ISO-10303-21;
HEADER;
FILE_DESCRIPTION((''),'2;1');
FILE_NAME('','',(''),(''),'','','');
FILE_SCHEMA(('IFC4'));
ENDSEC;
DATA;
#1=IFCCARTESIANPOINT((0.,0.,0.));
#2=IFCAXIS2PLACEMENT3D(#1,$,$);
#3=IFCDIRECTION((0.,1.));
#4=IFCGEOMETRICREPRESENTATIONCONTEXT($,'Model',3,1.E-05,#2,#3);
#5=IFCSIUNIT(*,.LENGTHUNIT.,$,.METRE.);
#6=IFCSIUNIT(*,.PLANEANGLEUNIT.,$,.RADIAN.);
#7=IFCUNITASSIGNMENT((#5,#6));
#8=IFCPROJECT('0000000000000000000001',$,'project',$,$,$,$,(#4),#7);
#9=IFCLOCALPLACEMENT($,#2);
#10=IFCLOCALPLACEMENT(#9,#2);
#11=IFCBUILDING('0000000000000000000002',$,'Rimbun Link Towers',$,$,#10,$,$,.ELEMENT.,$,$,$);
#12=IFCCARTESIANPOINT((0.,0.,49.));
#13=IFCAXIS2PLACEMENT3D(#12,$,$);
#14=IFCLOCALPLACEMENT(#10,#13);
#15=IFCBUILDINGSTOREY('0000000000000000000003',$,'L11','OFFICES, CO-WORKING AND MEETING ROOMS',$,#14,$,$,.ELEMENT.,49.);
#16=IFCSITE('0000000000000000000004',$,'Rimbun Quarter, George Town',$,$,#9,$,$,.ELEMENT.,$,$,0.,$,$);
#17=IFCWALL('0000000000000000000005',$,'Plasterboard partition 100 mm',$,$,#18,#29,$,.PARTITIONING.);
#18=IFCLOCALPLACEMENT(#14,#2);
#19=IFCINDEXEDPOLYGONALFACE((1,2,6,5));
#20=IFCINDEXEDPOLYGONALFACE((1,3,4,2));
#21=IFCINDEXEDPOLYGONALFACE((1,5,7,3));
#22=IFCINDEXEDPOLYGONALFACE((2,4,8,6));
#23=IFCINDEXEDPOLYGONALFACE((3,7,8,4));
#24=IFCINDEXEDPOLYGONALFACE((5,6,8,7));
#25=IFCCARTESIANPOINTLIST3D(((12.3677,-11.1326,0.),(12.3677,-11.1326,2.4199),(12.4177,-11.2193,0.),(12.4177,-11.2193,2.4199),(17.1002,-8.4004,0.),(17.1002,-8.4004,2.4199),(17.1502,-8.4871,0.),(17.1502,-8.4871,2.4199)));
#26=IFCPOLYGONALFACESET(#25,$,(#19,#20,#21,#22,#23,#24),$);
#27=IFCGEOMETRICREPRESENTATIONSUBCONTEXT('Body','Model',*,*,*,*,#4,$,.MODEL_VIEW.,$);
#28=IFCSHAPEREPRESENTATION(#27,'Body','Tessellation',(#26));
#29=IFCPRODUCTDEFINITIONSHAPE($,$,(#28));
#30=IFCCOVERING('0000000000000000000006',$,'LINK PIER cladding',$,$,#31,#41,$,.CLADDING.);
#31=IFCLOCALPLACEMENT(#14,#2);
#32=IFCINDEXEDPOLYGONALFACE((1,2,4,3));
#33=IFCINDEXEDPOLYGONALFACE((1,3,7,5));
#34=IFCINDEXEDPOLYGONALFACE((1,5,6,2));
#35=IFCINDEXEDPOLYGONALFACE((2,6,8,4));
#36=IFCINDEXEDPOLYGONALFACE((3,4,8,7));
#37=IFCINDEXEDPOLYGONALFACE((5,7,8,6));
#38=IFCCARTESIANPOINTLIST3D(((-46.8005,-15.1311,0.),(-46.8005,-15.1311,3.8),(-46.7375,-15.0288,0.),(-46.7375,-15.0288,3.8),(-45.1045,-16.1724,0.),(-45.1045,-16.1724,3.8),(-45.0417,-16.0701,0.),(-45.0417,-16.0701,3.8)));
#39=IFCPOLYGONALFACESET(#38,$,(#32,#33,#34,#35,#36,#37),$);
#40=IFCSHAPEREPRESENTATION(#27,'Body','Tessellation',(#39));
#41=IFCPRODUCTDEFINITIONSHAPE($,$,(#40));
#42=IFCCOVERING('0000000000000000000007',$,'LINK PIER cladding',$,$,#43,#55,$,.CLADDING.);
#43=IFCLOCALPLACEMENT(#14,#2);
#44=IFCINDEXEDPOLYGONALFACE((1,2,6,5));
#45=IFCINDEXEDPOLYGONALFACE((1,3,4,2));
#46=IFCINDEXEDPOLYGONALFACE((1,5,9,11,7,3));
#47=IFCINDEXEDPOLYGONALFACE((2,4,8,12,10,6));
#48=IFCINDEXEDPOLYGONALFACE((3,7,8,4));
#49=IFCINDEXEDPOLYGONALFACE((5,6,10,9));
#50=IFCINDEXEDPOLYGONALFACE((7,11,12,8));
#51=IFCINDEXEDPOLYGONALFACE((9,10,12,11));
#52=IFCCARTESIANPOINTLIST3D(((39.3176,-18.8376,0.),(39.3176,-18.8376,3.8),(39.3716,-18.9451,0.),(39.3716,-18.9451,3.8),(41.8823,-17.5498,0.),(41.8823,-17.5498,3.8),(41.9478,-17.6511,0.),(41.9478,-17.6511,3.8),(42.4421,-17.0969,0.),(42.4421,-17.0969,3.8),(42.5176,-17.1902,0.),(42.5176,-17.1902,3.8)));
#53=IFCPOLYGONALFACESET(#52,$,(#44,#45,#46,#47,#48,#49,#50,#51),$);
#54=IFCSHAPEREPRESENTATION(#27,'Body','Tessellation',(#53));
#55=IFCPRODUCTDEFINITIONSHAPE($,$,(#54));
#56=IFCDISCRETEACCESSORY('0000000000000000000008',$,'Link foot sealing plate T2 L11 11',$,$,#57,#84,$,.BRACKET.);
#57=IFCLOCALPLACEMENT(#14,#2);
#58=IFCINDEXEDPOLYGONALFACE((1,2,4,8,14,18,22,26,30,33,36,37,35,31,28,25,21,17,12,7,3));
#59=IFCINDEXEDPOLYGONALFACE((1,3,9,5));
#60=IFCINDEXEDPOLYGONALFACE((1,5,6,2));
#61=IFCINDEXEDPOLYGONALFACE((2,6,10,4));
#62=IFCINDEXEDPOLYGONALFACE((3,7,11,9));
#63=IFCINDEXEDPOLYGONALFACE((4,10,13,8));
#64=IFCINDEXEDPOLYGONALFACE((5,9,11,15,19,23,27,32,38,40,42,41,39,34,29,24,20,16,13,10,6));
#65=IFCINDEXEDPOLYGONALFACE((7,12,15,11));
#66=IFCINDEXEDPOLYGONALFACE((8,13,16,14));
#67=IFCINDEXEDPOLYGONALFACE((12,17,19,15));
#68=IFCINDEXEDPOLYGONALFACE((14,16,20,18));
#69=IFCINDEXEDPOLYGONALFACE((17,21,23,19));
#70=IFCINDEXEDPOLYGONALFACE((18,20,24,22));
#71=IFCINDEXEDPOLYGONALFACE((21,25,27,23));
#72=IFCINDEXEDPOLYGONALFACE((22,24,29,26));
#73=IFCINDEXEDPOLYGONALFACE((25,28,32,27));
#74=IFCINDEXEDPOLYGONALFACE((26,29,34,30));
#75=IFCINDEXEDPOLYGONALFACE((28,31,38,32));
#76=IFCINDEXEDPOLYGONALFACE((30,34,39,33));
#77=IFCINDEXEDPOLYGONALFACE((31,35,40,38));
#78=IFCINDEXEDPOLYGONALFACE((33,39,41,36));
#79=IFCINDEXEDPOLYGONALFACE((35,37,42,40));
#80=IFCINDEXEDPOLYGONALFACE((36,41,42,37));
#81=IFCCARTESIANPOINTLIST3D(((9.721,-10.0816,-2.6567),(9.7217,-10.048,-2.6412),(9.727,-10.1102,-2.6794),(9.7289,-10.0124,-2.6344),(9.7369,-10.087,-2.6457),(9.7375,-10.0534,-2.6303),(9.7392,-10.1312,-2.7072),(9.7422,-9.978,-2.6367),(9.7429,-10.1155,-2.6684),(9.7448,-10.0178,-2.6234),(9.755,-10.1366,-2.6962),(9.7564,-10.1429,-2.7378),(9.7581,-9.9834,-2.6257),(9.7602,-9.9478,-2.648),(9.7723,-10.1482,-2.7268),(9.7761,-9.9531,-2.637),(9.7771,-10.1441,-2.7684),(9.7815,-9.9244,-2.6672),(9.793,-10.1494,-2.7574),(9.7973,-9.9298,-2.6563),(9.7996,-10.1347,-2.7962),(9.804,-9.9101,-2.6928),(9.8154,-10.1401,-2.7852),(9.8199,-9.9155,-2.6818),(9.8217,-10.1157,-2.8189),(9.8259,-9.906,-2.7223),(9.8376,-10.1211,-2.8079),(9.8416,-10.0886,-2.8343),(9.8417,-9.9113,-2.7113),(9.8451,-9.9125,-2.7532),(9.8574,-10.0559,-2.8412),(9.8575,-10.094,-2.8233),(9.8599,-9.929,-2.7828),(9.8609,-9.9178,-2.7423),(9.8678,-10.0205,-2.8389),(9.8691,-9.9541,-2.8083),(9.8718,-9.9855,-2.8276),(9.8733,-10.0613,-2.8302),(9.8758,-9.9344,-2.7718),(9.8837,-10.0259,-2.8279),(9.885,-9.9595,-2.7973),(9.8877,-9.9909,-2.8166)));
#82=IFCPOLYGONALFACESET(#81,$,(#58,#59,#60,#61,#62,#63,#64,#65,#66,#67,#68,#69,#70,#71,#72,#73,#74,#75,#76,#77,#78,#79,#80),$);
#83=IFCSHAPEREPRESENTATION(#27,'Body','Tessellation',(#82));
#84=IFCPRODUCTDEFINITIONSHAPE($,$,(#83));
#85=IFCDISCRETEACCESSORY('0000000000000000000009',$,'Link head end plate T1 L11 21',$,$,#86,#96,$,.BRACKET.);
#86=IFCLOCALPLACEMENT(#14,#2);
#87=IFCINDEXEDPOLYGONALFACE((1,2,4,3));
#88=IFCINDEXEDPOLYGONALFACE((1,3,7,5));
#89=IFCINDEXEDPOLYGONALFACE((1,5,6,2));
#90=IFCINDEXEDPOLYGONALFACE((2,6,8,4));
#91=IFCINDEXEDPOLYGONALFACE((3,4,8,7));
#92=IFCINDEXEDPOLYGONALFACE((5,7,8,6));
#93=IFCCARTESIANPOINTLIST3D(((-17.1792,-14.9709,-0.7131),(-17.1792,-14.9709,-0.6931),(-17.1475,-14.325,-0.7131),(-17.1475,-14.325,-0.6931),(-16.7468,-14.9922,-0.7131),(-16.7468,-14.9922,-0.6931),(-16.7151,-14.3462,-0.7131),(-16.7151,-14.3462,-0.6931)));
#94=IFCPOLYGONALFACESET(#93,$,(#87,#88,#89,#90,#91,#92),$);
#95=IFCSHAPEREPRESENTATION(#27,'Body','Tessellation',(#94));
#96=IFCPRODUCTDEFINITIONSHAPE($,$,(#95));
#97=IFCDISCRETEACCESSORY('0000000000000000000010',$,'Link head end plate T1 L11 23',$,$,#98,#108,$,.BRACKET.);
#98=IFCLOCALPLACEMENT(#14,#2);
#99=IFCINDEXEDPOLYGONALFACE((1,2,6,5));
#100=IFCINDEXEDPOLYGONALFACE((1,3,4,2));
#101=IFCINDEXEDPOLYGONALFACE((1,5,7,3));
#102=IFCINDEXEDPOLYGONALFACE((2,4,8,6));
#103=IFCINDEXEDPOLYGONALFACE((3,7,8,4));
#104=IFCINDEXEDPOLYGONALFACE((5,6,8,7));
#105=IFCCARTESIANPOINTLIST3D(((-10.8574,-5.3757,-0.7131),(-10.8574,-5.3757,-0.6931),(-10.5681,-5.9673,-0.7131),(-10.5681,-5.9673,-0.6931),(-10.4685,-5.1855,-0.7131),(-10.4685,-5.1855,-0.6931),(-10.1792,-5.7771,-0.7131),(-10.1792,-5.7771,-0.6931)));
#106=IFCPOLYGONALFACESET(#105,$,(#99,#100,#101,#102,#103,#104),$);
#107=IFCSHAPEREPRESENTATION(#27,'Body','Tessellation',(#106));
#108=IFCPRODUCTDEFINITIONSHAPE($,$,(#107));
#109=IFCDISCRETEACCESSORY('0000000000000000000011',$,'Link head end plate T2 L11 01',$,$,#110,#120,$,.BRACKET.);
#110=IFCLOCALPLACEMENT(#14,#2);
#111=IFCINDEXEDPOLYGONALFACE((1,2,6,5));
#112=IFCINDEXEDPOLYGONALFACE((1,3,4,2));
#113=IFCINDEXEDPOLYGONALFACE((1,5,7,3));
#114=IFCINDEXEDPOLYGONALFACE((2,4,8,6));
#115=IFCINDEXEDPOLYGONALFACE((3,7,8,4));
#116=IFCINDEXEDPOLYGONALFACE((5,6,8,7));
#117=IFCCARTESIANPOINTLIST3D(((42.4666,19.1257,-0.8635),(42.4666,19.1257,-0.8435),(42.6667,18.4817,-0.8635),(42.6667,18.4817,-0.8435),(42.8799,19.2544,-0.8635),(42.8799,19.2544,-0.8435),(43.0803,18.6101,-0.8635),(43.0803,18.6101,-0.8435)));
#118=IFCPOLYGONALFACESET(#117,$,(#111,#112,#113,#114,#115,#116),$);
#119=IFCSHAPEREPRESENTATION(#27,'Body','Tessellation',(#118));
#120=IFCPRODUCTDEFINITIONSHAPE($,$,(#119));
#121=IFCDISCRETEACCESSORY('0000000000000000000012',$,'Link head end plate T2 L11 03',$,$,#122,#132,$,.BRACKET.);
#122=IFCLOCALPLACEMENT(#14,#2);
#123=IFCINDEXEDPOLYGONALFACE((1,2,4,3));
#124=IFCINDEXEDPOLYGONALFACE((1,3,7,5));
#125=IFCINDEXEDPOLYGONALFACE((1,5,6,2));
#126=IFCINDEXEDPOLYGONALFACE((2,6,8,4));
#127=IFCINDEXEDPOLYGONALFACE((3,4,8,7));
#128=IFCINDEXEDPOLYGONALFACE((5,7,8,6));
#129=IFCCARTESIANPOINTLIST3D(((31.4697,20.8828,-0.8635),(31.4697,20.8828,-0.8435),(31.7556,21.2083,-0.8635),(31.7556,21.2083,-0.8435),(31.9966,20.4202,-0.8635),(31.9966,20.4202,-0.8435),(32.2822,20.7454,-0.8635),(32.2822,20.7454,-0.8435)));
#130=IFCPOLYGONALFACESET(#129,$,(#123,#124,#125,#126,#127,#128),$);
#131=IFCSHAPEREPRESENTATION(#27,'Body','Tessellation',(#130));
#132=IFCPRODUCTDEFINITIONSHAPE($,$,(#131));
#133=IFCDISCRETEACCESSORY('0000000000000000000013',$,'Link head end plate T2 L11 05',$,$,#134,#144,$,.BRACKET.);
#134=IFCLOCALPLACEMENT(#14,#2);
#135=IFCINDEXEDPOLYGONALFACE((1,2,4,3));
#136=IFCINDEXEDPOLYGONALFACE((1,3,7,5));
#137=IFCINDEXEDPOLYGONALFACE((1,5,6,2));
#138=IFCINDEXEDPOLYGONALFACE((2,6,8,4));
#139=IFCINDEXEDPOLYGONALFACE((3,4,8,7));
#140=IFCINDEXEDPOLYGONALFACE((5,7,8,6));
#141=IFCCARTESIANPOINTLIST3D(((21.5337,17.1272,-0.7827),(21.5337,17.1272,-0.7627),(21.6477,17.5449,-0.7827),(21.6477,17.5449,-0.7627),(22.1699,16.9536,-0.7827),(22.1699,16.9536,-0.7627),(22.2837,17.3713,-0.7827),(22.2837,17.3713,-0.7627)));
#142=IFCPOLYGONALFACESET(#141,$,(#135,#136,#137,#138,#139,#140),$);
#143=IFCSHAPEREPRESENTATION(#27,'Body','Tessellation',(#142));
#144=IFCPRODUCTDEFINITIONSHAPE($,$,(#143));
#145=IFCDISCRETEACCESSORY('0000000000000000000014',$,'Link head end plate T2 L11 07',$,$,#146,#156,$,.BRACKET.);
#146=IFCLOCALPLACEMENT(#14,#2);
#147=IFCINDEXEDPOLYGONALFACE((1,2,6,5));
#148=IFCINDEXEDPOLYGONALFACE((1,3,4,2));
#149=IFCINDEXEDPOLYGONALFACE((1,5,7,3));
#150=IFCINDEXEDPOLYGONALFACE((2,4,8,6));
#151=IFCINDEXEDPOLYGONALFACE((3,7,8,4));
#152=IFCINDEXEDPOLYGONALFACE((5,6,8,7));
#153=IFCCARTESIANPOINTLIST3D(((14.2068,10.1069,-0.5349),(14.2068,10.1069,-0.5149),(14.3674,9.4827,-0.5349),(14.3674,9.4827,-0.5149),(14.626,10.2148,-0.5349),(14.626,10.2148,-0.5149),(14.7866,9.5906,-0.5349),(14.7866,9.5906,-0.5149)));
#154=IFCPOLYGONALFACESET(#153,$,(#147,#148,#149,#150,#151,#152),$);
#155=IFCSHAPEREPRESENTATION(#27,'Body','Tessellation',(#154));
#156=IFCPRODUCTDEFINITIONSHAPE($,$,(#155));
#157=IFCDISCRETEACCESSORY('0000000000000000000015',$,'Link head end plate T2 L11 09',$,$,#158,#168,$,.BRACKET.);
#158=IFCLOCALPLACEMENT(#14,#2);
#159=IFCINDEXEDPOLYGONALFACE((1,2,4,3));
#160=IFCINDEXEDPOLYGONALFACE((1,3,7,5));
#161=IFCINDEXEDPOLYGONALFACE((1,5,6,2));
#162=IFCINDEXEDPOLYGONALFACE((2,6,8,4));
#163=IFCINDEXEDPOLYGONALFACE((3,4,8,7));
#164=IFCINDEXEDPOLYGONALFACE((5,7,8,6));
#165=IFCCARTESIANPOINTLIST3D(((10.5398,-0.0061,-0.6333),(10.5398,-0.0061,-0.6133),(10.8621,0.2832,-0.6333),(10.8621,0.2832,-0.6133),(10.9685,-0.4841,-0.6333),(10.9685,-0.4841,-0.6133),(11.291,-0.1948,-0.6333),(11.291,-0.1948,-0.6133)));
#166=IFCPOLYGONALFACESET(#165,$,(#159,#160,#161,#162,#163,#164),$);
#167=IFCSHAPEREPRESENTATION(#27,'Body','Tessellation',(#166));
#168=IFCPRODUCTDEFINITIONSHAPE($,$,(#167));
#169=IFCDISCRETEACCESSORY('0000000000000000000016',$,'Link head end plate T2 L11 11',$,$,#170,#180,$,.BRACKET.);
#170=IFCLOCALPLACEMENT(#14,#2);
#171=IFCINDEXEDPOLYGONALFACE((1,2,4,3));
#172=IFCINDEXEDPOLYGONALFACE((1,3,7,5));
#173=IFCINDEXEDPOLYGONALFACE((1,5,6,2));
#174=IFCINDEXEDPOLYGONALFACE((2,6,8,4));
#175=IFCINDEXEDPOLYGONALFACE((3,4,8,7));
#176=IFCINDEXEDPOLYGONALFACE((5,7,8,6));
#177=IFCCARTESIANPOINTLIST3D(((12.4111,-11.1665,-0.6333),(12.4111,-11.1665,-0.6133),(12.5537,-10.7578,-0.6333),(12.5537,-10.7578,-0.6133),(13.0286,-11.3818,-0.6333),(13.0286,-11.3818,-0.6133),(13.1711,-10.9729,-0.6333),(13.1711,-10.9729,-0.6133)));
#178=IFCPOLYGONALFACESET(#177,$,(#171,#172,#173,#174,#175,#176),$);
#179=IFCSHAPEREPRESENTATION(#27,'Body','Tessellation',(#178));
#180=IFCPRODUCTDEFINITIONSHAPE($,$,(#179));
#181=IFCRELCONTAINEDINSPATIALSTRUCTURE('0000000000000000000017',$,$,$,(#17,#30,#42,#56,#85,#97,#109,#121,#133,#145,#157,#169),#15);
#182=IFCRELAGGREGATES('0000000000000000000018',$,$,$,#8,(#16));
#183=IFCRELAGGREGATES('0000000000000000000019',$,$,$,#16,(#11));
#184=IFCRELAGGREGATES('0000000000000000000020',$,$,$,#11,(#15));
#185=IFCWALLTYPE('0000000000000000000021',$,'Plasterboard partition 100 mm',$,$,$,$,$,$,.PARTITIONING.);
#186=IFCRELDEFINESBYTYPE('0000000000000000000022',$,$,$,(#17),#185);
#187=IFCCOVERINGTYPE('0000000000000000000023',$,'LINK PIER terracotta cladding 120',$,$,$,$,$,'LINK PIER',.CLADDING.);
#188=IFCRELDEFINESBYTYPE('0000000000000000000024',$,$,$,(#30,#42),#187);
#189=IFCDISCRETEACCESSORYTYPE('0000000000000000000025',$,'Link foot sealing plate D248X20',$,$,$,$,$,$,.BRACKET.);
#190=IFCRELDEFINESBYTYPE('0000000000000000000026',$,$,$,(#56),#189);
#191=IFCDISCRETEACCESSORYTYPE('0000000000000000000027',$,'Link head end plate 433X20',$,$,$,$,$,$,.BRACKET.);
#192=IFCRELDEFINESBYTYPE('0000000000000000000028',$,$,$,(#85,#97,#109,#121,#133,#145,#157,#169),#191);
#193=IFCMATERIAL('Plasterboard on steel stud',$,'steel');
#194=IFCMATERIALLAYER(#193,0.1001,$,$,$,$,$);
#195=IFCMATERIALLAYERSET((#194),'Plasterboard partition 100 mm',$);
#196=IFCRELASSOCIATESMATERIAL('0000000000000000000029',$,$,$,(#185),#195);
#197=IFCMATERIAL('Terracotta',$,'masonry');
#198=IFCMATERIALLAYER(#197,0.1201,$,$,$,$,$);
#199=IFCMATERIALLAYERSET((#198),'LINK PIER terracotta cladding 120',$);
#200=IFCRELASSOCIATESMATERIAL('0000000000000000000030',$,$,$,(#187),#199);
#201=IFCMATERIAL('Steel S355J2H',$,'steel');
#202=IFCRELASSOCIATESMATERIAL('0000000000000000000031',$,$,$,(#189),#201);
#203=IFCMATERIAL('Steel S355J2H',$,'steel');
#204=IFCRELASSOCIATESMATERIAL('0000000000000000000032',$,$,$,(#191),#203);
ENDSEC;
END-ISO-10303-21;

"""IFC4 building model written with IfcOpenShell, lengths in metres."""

from ifc_helpers import new_model, si_unit, direction, frame, frame_2d, origin, origin_2d, place, context, subcontext, project, spatial, polyline, rectangle, circle, outline, extrude, material, layer, layer_set, material_profile, profile_set, type_object, element, save


model = new_model("IFC4")

# Units and contexts
model_context = context("Model", 3, precision=1e-05, world=origin(), true_north=direction((0.0, 1.0)))
body_context = subcontext(model_context, "Body", "Model", "MODEL_VIEW")
ifc_project = project(units=[si_unit("LENGTHUNIT", "METRE"), si_unit("PLANEANGLEUNIT", "RADIAN")], contexts=[model_context])

# Site, building, storey
site_placement = place(None, origin())
site = spatial("IfcSite", under=ifc_project, at=site_placement, Name="Rimbun Quarter, George Town", CompositionType="ELEMENT", RefElevation=0.0)
building_placement = place(site_placement, origin())
building = spatial("IfcBuilding", under=site, at=building_placement, Name="Rimbun Link Towers", CompositionType="ELEMENT")
storey_placement = place(building_placement, frame((0.0, 0.0, 49.0)))
storey = spatial("IfcBuildingStorey", under=building, at=storey_placement, Name="L11", Description="OFFICES, CO-WORKING AND MEETING ROOMS", CompositionType="ELEMENT", Elevation=49.0)

# Wall
ifc_material_1 = material(Name="Plasterboard on steel stud", Category="steel")
ifc_layer_1 = layer(ifc_material_1, 0.1001)
ifc_layer_set_1 = layer_set([ifc_layer_1], Name="Plasterboard partition 100 mm")
wall_type = type_object("IfcWallType", Name="Plasterboard partition 100 mm", PredefinedType="PARTITIONING", material=ifc_layer_set_1)
wall_1_placement = place(storey_placement, frame((12.3926, -11.176, 0.0), z_axis=(0.0, 0.0, 1.0), x_axis=(0.866032, 0.499988, 0.0)))
element("IfcWall", 1, at=wall_1_placement, inside=storey, type_object=wall_type, Name="Plasterboard partition 100 mm", PredefinedType="PARTITIONING", context=body_context, shape_type="SweptSolid", body=[
    extrude(rectangle(XDim=5.4646, YDim=0.1001, at=frame_2d((2.7324, 0.0))), origin(), (0.0, 0.0, 1.0), 2.4199),
])

# Coverings
ifc_material_2 = material(Name="Terracotta", Category="masonry")
ifc_layer_2 = layer(ifc_material_2, 0.1201)
ifc_layer_set_2 = layer_set([ifc_layer_2], Name="LINK PIER terracotta cladding 120")
covering_type_1 = type_object("IfcCoveringType", Name="LINK PIER terracotta cladding 120", ElementType="LINK PIER", PredefinedType="CLADDING", material=ifc_layer_set_2)
covering_1_placement = place(storey_placement, origin())
element("IfcCovering", 2, at=covering_1_placement, inside=storey, type_object=covering_type_1, Name="LINK PIER cladding", PredefinedType="CLADDING", context=body_context, shape_type="SweptSolid", body=[
    extrude(outline(polyline([(-45.0417, -16.0701), (-46.7375, -15.0288), (-46.8005, -15.1311), (-45.1045, -16.1724), (-45.0417, -16.0701)])), origin(), (0.0, 0.0, 1.0), 3.8),
])
covering_2_placement = place(storey_placement, origin())
element("IfcCovering", 3, at=covering_2_placement, inside=storey, type_object=covering_type_1, Name="LINK PIER cladding", PredefinedType="CLADDING", context=body_context, shape_type="SweptSolid", body=[
    extrude(outline(polyline([(42.4421, -17.0969), (41.8823, -17.5498), (39.3176, -18.8376), (39.3716, -18.9451), (41.9478, -17.6511), (42.5176, -17.1902), (42.4421, -17.0969)])), origin(), (0.0, 0.0, 1.0), 3.8),
])

# Discrete accessories
ifc_material_3 = material(Name="Steel S355J2H", Category="steel")
ifc_material_profile_1 = material_profile(ifc_material_3, circle(Radius=0.124, at=origin_2d()), Name="PL D248")
ifc_profile_set_1 = profile_set([ifc_material_profile_1], Name="Steel S355J2H")
discrete_accessory_type_1 = type_object("IfcDiscreteAccessoryType", Name="Link foot sealing plate D248X20", PredefinedType="BRACKET", material=ifc_profile_set_1)
discrete_accessory_1_placement = place(storey_placement, frame((9.812, -10.0308, -2.7268), z_axis=(-0.792094, 0.268093, -0.548373), x_axis=(-0.320596, -0.947216, 0.0)))
element("IfcDiscreteAccessory", 4, at=discrete_accessory_1_placement, inside=storey, type_object=discrete_accessory_type_1, Name="Link foot sealing plate T2 L11 11", PredefinedType="BRACKET", context=body_context, shape_type="SweptSolid", body=[
    extrude(circle(Radius=0.124, at=origin_2d()), origin(), (0.0, 0.0, 1.0), 0.02),
])
ifc_material_4 = material(Name="Steel S355J2H", Category="steel")
ifc_material_profile_2 = material_profile(ifc_material_4, rectangle(XDim=0.4331, YDim=0.4331, at=origin_2d()), Name="PL 433x433")
ifc_profile_set_2 = profile_set([ifc_material_profile_2], Name="Steel S355J2H")
discrete_accessory_type_2 = type_object("IfcDiscreteAccessoryType", Name="Link head end plate 433X20", PredefinedType="BRACKET", material=ifc_profile_set_2)
discrete_accessory_2_placement = place(storey_placement, frame((0.0, 0.0, -0.7131)))
element("IfcDiscreteAccessory", 5, at=discrete_accessory_2_placement, inside=storey, type_object=discrete_accessory_type_2, Name="Link head end plate T1 L11 21", PredefinedType="BRACKET", context=body_context, shape_type="SweptSolid", body=[
    extrude(outline(polyline([(-17.1475, -14.325), (-17.1792, -14.9709), (-16.7468, -14.9922), (-16.7151, -14.3462), (-17.1475, -14.325)])), origin(), (0.0, 0.0, 1.0), 0.02),
])
discrete_accessory_3_placement = place(storey_placement, frame((0.0, 0.0, -0.7131)))
element("IfcDiscreteAccessory", 6, at=discrete_accessory_3_placement, inside=storey, type_object=discrete_accessory_type_2, Name="Link head end plate T1 L11 23", PredefinedType="BRACKET", context=body_context, shape_type="SweptSolid", body=[
    extrude(outline(polyline([(-10.8574, -5.3757), (-10.5681, -5.9673), (-10.1792, -5.7771), (-10.4685, -5.1855), (-10.8574, -5.3757)])), origin(), (0.0, 0.0, 1.0), 0.02),
])
discrete_accessory_4_placement = place(storey_placement, frame((0.0, 0.0, -0.8635)))
element("IfcDiscreteAccessory", 7, at=discrete_accessory_4_placement, inside=storey, type_object=discrete_accessory_type_2, Name="Link head end plate T2 L11 01", PredefinedType="BRACKET", context=body_context, shape_type="SweptSolid", body=[
    extrude(outline(polyline([(43.0803, 18.6101), (42.8799, 19.2544), (42.4666, 19.1257), (42.6667, 18.4817), (43.0803, 18.6101)])), origin(), (0.0, 0.0, 1.0), 0.02),
])
discrete_accessory_5_placement = place(storey_placement, frame((0.0, 0.0, -0.8635)))
element("IfcDiscreteAccessory", 8, at=discrete_accessory_5_placement, inside=storey, type_object=discrete_accessory_type_2, Name="Link head end plate T2 L11 03", PredefinedType="BRACKET", context=body_context, shape_type="SweptSolid", body=[
    extrude(outline(polyline([(32.2822, 20.7454), (31.7556, 21.2083), (31.4697, 20.8828), (31.9966, 20.4202), (32.2822, 20.7454)])), origin(), (0.0, 0.0, 1.0), 0.02),
])
discrete_accessory_6_placement = place(storey_placement, frame((0.0, 0.0, -0.7827)))
element("IfcDiscreteAccessory", 9, at=discrete_accessory_6_placement, inside=storey, type_object=discrete_accessory_type_2, Name="Link head end plate T2 L11 05", PredefinedType="BRACKET", context=body_context, shape_type="SweptSolid", body=[
    extrude(outline(polyline([(22.2837, 17.3713), (21.6477, 17.5449), (21.5337, 17.1272), (22.1699, 16.9536), (22.2837, 17.3713)])), origin(), (0.0, 0.0, 1.0), 0.02),
])
discrete_accessory_7_placement = place(storey_placement, frame((0.0, 0.0, -0.5349)))
element("IfcDiscreteAccessory", 10, at=discrete_accessory_7_placement, inside=storey, type_object=discrete_accessory_type_2, Name="Link head end plate T2 L11 07", PredefinedType="BRACKET", context=body_context, shape_type="SweptSolid", body=[
    extrude(outline(polyline([(14.7866, 9.5906), (14.626, 10.2148), (14.2068, 10.1069), (14.3674, 9.4827), (14.7866, 9.5906)])), origin(), (0.0, 0.0, 1.0), 0.02),
])
discrete_accessory_8_placement = place(storey_placement, frame((0.0, 0.0, -0.6333)))
element("IfcDiscreteAccessory", 11, at=discrete_accessory_8_placement, inside=storey, type_object=discrete_accessory_type_2, Name="Link head end plate T2 L11 09", PredefinedType="BRACKET", context=body_context, shape_type="SweptSolid", body=[
    extrude(outline(polyline([(11.291, -0.1948), (10.8621, 0.2832), (10.5398, -0.0061), (10.9685, -0.4841), (11.291, -0.1948)])), origin(), (0.0, 0.0, 1.0), 0.02),
])
discrete_accessory_9_placement = place(storey_placement, frame((0.0, 0.0, -0.6333)))
element("IfcDiscreteAccessory", 12, at=discrete_accessory_9_placement, inside=storey, type_object=discrete_accessory_type_2, Name="Link head end plate T2 L11 11", PredefinedType="BRACKET", context=body_context, shape_type="SweptSolid", body=[
    extrude(outline(polyline([(13.1711, -10.9729), (12.5537, -10.7578), (12.4111, -11.1665), (13.0286, -11.3818), (13.1711, -10.9729)])), origin(), (0.0, 0.0, 1.0), 0.02),
])

save(model, "model.ifc")
